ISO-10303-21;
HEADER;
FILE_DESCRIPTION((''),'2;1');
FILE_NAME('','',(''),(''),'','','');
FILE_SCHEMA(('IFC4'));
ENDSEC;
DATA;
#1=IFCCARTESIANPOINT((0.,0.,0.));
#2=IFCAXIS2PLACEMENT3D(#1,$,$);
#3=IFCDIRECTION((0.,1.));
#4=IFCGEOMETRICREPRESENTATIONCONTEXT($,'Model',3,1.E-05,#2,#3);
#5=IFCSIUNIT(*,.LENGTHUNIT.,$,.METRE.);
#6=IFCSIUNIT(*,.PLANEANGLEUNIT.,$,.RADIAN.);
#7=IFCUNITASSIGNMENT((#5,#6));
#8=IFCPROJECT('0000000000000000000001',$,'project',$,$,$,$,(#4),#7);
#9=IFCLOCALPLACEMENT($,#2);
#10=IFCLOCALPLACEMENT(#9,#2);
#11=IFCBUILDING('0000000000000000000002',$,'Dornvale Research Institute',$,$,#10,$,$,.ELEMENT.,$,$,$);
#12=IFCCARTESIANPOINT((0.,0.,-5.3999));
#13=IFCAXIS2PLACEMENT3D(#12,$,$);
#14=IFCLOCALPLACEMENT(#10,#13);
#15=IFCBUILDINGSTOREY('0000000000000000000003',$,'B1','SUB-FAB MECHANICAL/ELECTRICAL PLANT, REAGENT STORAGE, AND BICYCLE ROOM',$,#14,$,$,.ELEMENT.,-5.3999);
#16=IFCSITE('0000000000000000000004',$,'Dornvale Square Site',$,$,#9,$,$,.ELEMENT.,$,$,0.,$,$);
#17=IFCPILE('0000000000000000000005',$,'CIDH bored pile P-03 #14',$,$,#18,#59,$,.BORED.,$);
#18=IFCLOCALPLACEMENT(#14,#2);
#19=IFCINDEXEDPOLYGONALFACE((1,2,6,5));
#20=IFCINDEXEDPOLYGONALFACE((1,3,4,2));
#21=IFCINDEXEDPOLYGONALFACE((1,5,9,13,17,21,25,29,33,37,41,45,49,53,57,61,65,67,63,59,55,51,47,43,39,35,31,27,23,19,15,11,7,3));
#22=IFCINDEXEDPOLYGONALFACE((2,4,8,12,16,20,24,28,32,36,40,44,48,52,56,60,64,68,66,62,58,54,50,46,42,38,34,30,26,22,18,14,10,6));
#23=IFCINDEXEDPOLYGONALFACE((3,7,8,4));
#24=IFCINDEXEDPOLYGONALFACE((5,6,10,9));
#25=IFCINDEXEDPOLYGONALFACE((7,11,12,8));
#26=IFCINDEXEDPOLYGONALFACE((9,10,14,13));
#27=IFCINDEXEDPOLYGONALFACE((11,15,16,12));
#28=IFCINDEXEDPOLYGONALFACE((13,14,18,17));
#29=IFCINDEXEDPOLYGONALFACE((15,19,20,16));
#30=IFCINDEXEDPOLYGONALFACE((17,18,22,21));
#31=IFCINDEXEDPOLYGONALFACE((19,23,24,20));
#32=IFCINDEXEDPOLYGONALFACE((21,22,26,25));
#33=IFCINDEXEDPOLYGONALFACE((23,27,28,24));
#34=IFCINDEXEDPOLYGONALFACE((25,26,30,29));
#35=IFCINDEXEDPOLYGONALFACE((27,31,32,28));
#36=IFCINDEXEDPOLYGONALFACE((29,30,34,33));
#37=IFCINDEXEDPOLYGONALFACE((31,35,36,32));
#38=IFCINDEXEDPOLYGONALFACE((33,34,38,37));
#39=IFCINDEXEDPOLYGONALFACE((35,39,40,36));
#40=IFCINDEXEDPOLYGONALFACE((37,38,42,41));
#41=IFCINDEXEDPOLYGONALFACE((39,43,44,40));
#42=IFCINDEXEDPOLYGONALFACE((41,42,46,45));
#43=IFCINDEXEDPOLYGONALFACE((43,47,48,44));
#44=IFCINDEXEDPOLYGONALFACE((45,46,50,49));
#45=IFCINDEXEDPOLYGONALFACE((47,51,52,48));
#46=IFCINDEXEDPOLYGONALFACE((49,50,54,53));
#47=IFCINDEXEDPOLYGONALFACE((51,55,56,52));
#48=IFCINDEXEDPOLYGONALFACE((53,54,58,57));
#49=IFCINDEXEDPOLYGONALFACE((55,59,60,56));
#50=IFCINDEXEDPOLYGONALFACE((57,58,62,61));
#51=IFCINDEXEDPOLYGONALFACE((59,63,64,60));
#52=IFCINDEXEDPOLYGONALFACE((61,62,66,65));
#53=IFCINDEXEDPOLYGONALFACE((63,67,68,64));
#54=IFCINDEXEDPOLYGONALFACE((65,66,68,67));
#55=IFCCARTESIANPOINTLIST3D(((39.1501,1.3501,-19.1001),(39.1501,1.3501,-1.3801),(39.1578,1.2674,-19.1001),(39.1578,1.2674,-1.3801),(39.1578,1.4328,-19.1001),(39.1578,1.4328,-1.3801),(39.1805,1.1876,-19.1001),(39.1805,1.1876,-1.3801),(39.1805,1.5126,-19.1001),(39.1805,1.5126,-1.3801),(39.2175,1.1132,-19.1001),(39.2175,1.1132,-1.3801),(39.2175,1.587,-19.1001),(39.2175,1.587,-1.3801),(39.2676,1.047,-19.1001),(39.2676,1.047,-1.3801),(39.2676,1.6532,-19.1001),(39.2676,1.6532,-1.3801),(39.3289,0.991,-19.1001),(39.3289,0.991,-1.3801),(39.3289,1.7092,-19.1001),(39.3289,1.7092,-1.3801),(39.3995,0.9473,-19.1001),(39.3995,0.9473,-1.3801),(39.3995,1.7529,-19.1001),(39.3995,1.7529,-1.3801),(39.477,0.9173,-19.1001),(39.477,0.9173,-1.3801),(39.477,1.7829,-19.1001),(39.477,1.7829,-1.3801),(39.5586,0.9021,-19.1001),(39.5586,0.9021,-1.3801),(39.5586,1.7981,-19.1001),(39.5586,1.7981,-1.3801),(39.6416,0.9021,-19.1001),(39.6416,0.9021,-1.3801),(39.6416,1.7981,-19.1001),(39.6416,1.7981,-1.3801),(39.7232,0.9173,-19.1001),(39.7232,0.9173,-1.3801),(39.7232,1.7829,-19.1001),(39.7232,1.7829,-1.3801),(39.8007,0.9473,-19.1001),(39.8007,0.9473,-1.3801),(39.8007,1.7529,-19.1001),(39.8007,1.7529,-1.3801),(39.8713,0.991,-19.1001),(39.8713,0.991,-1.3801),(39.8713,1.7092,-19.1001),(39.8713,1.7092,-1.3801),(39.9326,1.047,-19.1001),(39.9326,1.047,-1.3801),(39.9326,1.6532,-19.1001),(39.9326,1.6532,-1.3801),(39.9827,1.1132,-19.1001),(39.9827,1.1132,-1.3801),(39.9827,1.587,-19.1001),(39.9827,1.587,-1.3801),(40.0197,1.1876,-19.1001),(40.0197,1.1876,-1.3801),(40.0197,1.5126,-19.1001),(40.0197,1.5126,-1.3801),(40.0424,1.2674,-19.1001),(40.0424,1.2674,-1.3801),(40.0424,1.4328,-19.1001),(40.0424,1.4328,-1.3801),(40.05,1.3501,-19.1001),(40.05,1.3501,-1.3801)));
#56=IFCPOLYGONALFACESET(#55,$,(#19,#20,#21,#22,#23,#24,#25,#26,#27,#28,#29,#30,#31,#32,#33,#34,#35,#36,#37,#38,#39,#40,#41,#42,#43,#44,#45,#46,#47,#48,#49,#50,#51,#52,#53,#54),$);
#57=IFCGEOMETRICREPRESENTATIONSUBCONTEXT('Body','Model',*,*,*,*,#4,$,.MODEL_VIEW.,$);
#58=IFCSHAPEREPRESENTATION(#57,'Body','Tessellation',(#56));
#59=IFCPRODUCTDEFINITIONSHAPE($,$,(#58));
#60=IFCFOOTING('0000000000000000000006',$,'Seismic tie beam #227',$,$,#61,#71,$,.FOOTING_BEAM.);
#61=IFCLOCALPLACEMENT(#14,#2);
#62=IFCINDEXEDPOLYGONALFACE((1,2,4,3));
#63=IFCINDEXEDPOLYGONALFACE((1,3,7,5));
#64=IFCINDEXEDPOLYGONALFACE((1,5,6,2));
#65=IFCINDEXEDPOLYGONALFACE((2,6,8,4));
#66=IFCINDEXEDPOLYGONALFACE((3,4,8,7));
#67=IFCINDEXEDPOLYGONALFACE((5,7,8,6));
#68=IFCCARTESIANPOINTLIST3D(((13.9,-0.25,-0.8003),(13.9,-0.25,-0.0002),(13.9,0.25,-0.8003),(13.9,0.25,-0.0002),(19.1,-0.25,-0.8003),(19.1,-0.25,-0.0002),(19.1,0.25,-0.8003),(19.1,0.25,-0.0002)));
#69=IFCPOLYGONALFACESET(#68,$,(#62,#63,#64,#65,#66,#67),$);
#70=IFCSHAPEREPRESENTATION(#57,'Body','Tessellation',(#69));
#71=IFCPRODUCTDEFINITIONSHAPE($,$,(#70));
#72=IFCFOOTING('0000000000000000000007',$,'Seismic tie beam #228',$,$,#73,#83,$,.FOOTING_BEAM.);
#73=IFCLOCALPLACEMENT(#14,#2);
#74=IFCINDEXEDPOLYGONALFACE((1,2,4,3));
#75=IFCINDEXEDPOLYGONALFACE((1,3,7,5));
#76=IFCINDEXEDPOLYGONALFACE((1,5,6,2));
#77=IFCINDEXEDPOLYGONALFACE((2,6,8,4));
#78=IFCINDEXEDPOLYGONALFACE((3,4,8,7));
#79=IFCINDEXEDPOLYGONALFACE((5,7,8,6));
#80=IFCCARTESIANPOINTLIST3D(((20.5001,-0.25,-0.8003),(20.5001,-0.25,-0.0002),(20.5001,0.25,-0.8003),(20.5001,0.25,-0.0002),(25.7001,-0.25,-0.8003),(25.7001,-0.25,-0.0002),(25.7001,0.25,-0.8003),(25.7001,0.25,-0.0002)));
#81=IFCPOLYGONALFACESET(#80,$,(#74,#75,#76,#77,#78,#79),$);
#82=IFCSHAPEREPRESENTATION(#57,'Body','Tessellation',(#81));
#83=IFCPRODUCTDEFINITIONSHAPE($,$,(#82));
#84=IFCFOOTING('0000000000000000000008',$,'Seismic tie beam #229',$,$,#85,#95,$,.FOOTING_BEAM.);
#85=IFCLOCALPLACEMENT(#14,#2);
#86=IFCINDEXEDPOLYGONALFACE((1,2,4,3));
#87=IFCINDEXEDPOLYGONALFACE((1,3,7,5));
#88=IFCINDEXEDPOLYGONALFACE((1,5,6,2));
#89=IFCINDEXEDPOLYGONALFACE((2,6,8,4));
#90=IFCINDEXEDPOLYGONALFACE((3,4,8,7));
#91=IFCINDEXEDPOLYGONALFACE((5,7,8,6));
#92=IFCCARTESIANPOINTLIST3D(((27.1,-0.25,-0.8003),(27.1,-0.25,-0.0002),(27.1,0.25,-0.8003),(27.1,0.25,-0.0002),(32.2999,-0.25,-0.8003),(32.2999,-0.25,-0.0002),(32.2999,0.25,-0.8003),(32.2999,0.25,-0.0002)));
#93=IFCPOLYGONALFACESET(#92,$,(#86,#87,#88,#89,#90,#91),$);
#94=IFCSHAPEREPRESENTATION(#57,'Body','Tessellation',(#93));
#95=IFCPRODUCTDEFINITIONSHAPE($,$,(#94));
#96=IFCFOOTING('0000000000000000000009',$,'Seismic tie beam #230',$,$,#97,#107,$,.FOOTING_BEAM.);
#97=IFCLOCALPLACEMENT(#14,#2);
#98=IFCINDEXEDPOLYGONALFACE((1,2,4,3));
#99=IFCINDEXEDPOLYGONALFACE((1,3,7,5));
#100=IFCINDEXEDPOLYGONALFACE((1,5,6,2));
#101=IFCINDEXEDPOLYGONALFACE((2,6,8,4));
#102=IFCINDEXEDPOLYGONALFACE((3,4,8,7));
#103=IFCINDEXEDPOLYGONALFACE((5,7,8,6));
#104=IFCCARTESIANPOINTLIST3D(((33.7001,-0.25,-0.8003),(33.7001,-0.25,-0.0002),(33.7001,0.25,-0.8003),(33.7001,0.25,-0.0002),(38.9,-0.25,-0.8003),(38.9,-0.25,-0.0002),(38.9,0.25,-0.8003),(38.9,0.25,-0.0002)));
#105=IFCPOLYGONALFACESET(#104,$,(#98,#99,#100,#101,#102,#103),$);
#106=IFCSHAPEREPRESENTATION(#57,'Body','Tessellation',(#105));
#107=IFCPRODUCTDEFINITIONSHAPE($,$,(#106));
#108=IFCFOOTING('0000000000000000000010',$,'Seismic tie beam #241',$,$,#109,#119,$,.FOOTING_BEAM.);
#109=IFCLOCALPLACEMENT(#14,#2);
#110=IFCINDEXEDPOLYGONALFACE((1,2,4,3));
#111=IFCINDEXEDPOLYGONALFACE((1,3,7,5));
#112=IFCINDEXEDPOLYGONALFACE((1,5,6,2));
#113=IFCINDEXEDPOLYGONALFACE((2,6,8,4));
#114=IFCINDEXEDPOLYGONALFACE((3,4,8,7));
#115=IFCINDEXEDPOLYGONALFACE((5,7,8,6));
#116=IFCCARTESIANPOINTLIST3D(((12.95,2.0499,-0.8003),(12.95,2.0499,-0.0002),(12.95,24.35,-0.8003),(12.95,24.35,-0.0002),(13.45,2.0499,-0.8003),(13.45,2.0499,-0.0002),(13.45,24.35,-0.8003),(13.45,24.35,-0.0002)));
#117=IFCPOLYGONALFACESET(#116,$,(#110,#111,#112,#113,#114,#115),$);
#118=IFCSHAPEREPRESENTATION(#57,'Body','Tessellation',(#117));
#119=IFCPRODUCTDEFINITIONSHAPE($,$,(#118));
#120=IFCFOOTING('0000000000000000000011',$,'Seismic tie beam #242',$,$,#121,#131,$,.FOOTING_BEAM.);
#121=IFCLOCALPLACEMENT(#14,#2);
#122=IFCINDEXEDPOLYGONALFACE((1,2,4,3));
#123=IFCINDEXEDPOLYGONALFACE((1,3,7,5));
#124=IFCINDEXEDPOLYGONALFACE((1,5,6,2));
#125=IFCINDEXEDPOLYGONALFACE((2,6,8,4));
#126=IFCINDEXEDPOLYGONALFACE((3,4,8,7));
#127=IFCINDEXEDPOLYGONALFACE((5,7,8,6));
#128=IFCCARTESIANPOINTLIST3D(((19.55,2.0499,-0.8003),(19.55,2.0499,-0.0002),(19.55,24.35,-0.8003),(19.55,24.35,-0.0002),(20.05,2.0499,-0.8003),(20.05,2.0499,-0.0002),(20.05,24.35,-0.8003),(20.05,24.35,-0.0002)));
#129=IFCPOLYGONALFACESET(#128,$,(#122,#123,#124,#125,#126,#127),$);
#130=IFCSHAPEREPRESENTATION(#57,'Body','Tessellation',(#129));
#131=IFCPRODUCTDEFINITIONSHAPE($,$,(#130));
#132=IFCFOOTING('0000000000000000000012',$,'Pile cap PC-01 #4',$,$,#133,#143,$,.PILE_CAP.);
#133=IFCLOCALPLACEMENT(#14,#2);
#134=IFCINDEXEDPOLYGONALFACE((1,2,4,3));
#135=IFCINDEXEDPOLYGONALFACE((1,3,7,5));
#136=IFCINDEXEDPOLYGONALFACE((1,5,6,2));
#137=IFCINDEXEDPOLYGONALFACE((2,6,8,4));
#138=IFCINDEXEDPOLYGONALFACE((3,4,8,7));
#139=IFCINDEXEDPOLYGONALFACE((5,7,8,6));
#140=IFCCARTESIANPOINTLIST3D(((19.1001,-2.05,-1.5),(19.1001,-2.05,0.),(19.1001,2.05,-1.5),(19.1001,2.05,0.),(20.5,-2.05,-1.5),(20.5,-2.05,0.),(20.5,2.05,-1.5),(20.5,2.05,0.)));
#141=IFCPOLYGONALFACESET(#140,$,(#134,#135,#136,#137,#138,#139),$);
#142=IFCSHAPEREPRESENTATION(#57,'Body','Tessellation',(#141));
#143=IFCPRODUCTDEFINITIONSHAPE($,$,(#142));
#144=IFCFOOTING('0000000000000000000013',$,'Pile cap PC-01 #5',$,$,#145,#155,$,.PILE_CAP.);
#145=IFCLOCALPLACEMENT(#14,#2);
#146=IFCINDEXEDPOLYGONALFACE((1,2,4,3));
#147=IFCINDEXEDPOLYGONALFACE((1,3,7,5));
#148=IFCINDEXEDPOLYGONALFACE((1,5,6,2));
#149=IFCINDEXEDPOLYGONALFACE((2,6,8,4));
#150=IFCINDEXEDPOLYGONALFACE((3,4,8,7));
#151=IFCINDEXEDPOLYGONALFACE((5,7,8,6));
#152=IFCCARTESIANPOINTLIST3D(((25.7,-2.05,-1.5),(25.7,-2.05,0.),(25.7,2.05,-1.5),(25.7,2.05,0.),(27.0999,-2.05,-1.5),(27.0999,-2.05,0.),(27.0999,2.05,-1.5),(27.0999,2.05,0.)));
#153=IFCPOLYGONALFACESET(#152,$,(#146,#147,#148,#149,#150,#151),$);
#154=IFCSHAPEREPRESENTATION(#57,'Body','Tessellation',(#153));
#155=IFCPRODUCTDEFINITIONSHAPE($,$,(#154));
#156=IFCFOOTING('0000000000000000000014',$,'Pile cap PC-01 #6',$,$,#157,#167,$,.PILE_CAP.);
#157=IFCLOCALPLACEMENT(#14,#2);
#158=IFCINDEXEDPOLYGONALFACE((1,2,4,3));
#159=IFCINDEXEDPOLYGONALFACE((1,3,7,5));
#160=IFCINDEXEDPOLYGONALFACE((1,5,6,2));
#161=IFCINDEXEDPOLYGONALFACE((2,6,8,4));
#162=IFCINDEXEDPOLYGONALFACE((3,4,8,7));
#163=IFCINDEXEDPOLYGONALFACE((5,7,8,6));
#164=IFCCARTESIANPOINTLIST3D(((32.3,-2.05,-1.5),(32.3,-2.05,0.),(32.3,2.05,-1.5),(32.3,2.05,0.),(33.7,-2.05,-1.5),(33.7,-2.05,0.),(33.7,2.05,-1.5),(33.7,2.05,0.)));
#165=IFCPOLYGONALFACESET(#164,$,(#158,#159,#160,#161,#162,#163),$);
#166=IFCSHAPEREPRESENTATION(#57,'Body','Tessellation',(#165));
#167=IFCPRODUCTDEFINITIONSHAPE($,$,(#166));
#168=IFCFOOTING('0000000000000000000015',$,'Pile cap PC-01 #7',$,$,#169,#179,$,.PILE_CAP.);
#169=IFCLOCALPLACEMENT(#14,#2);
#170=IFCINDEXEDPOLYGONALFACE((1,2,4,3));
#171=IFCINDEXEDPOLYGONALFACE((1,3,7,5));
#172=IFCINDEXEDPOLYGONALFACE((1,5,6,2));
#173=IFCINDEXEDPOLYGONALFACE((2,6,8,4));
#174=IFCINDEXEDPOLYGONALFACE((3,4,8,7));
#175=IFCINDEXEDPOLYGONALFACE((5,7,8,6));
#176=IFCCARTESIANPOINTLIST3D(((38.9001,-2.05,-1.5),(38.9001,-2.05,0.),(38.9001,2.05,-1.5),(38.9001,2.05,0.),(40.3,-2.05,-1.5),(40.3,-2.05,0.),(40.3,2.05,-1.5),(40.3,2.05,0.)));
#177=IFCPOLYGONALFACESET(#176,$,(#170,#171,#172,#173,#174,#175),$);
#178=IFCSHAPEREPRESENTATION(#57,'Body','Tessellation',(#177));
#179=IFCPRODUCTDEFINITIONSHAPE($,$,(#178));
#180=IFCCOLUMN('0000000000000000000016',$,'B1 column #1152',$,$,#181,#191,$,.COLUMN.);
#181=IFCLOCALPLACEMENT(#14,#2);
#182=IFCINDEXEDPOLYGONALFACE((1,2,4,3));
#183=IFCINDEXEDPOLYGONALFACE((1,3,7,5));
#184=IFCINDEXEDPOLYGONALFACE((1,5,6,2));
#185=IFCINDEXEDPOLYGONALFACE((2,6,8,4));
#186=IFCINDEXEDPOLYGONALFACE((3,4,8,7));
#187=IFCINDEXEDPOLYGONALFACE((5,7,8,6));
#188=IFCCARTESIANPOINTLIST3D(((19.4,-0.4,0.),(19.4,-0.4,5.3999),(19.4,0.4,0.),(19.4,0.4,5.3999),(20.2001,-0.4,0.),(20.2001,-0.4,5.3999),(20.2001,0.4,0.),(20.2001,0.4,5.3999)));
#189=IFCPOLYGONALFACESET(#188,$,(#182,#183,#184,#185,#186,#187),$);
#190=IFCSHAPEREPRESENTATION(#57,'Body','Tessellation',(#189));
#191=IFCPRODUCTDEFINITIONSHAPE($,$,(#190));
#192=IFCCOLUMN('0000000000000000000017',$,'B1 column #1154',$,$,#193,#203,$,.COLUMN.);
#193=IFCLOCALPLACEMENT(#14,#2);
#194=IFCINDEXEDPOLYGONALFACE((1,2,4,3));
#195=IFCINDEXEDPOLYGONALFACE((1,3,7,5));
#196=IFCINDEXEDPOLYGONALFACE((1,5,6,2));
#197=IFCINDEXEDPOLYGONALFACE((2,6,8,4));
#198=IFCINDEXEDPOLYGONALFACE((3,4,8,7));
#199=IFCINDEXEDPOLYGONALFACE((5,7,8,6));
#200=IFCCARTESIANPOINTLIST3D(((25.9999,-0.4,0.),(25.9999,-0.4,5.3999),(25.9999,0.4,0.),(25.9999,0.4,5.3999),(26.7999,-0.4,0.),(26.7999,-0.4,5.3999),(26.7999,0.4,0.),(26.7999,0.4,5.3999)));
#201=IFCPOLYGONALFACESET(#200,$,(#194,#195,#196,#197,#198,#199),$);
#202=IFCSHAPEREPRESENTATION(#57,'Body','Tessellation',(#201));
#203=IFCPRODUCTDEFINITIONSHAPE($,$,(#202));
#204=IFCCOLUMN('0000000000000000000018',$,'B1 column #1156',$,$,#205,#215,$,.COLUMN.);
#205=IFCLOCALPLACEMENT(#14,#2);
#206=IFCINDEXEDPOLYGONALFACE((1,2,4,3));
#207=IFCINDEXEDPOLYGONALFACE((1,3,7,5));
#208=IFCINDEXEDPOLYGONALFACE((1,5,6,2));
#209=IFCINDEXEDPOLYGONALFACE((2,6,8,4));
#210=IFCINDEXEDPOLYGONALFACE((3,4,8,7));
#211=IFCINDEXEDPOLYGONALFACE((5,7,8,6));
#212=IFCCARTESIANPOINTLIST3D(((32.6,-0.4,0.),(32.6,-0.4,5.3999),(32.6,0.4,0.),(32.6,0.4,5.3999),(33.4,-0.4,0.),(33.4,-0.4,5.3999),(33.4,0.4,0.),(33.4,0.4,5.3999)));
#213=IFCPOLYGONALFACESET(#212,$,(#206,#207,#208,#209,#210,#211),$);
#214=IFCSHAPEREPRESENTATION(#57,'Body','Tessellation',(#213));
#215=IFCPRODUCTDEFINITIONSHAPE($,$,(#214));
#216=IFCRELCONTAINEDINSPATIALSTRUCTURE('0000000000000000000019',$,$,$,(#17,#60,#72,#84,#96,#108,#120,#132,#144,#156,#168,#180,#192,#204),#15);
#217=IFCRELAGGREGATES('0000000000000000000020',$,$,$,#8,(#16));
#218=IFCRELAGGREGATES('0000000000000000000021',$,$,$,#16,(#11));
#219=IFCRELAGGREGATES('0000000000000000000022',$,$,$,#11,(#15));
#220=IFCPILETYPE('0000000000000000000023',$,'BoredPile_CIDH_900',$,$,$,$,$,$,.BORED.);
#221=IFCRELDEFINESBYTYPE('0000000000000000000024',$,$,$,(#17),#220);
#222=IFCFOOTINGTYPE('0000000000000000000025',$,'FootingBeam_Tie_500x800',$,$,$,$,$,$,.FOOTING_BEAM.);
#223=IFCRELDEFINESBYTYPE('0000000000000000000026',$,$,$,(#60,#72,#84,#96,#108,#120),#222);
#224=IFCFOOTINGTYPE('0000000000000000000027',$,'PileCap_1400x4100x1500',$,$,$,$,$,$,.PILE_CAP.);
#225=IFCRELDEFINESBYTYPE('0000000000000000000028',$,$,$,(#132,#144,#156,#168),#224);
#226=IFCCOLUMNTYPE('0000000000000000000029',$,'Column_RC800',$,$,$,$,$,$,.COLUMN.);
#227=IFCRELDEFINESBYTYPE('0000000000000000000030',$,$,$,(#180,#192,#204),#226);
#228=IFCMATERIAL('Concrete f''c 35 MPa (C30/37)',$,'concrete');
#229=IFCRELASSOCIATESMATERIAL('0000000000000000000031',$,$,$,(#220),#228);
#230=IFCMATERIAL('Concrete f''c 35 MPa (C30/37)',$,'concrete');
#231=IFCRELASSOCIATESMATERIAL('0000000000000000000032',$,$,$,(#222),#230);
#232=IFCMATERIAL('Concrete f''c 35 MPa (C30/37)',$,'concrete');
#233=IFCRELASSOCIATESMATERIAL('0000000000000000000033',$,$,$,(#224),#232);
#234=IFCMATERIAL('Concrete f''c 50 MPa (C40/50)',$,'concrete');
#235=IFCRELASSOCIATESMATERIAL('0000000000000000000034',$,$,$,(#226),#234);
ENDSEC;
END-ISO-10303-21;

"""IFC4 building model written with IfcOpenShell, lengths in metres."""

from ifc_helpers import new_model, si_unit, direction, frame, origin, origin_2d, place, context, subcontext, project, spatial, rectangle, circle, extrude, material, material_profile, profile_set, type_object, element, save


model = new_model("IFC4")

# Units and contexts
model_context = context("Model", 3, precision=1e-05, world=origin(), true_north=direction((0.0, 1.0)))
body_context = subcontext(model_context, "Body", "Model", "MODEL_VIEW")
ifc_project = project(units=[si_unit("LENGTHUNIT", "METRE"), si_unit("PLANEANGLEUNIT", "RADIAN")], contexts=[model_context])

# Site, building, storey
site_placement = place(None, origin())
site = spatial("IfcSite", under=ifc_project, at=site_placement, Name="Dornvale Square Site", CompositionType="ELEMENT", RefElevation=0.0)
building_placement = place(site_placement, origin())
building = spatial("IfcBuilding", under=site, at=building_placement, Name="Dornvale Research Institute", CompositionType="ELEMENT")
storey_placement = place(building_placement, frame((0.0, 0.0, -5.3999)))
storey = spatial("IfcBuildingStorey", under=building, at=storey_placement, Name="B1", Description="SUB-FAB MECHANICAL/ELECTRICAL PLANT, REAGENT STORAGE, AND BICYCLE ROOM", CompositionType="ELEMENT", Elevation=-5.3999)

# Pile
ifc_material_1 = material(Name="Concrete f'c 35 MPa (C30/37)", Category="concrete")
ifc_material_profile_1 = material_profile(ifc_material_1, circle(Radius=0.45, at=origin_2d()), Name="CIDH PILE D900")
ifc_profile_set_1 = profile_set([ifc_material_profile_1], Name="Concrete f'c 35 MPa (C30/37)")
pile_type = type_object("IfcPileType", Name="BoredPile_CIDH_900", PredefinedType="BORED", material=ifc_profile_set_1)
for number, where, z_axis, x_axis, name in (
    (1, (39.6001, 1.3501, -1.3801), (0.0, 0.0, -1.0), (1.0, 0.0, 0.0), "CIDH bored pile P-03 #14"),
):
    element("IfcPile", number, at=place(storey_placement, frame(where, z_axis=z_axis, x_axis=x_axis)), inside=storey, type_object=pile_type, Name=name, PredefinedType="BORED", context=body_context, shape_type="SweptSolid", body=[
        extrude(circle(Radius=0.45, at=origin_2d()), origin(), (0.0, 0.0, 1.0), 17.72),
    ])

# Footings
ifc_material_2 = material(Name="Concrete f'c 35 MPa (C30/37)", Category="concrete")
footing_type_1 = type_object("IfcFootingType", Name="FootingBeam_Tie_500x800", PredefinedType="FOOTING_BEAM", material=ifc_material_2)
for number, where, z_axis, x_axis, name in (
    (2, (16.5, 0.0, -0.8003), (0.0, 0.0, 1.0), (1.0, 0.0, 0.0), "Seismic tie beam #227"),
    (3, (23.1001, 0.0, -0.8003), (0.0, 0.0, 1.0), (1.0, 0.0, 0.0), "Seismic tie beam #228"),
    (4, (29.7, 0.0, -0.8003), (0.0, 0.0, 1.0), (1.0, 0.0, 0.0), "Seismic tie beam #229"),
    (5, (36.3, 0.0, -0.8003), (0.0, 0.0, 1.0), (1.0, 0.0, 0.0), "Seismic tie beam #230"),
):
    element("IfcFooting", number, at=place(storey_placement, frame(where, z_axis=z_axis, x_axis=x_axis)), inside=storey, type_object=footing_type_1, Name=name, PredefinedType="FOOTING_BEAM", context=body_context, shape_type="SweptSolid", body=[
        extrude(rectangle(XDim=5.2, YDim=0.5, at=origin_2d()), origin(), (0.0, 0.0, 1.0), 0.8),
    ])
for number, where, z_axis, x_axis, name in (
    (6, (13.2, 13.2, -0.8003), (0.0, 0.0, 1.0), (0.0, 1.0, 0.0), "Seismic tie beam #241"),
    (7, (19.8, 13.2, -0.8003), (0.0, 0.0, 1.0), (0.0, 1.0, 0.0), "Seismic tie beam #242"),
):
    element("IfcFooting", number, at=place(storey_placement, frame(where, z_axis=z_axis, x_axis=x_axis)), inside=storey, type_object=footing_type_1, Name=name, PredefinedType="FOOTING_BEAM", context=body_context, shape_type="SweptSolid", body=[
        extrude(rectangle(XDim=22.3, YDim=0.5, at=origin_2d()), origin(), (0.0, 0.0, 1.0), 0.8),
    ])
ifc_material_3 = material(Name="Concrete f'c 35 MPa (C30/37)", Category="concrete")
footing_type_2 = type_object("IfcFootingType", Name="PileCap_1400x4100x1500", PredefinedType="PILE_CAP", material=ifc_material_3)
for number, where, z_axis, x_axis, name in (
    (8, (19.8, 0.0, -1.5), (0.0, 0.0, 1.0), (1.0, 0.0, 0.0), "Pile cap PC-01 #4"),
    (9, (26.3999, 0.0, -1.5), (0.0, 0.0, 1.0), (1.0, 0.0, 0.0), "Pile cap PC-01 #5"),
    (10, (33.0, 0.0, -1.5), (0.0, 0.0, 1.0), (1.0, 0.0, 0.0), "Pile cap PC-01 #6"),
    (11, (39.6001, 0.0, -1.5), (0.0, 0.0, 1.0), (1.0, 0.0, 0.0), "Pile cap PC-01 #7"),
):
    element("IfcFooting", number, at=place(storey_placement, frame(where, z_axis=z_axis, x_axis=x_axis)), inside=storey, type_object=footing_type_2, Name=name, PredefinedType="PILE_CAP", context=body_context, shape_type="SweptSolid", body=[
        extrude(rectangle(XDim=1.3999, YDim=4.1001, at=origin_2d()), origin(), (0.0, 0.0, 1.0), 1.5),
    ])

# Columns
ifc_material_4 = material(Name="Concrete f'c 50 MPa (C40/50)", Category="concrete")
ifc_material_profile_2 = material_profile(ifc_material_4, rectangle(XDim=0.8, YDim=0.8, at=origin_2d()), Name="RC 800x800")
ifc_profile_set_2 = profile_set([ifc_material_profile_2], Name="Concrete f'c 50 MPa (C40/50)")
column_type = type_object("IfcColumnType", Name="Column_RC800", PredefinedType="COLUMN", material=ifc_profile_set_2)
for number, where, z_axis, x_axis, name in (
    (12, (19.8, 0.0, 0.0), (0.0, 0.0, 1.0), (1.0, 0.0, 0.0), "B1 column #1152"),
    (13, (26.3999, 0.0, 0.0), (0.0, 0.0, 1.0), (1.0, 0.0, 0.0), "B1 column #1154"),
    (14, (33.0, 0.0, 0.0), (0.0, 0.0, 1.0), (1.0, 0.0, 0.0), "B1 column #1156"),
):
    element("IfcColumn", number, at=place(storey_placement, frame(where, z_axis=z_axis, x_axis=x_axis)), inside=storey, type_object=column_type, Name=name, PredefinedType="COLUMN", context=body_context, shape_type="SweptSolid", body=[
        extrude(rectangle(XDim=0.8, YDim=0.8, at=origin_2d()), origin(), (0.0, 0.0, 1.0), 5.3999),
    ])

save(model, "model.ifc")
